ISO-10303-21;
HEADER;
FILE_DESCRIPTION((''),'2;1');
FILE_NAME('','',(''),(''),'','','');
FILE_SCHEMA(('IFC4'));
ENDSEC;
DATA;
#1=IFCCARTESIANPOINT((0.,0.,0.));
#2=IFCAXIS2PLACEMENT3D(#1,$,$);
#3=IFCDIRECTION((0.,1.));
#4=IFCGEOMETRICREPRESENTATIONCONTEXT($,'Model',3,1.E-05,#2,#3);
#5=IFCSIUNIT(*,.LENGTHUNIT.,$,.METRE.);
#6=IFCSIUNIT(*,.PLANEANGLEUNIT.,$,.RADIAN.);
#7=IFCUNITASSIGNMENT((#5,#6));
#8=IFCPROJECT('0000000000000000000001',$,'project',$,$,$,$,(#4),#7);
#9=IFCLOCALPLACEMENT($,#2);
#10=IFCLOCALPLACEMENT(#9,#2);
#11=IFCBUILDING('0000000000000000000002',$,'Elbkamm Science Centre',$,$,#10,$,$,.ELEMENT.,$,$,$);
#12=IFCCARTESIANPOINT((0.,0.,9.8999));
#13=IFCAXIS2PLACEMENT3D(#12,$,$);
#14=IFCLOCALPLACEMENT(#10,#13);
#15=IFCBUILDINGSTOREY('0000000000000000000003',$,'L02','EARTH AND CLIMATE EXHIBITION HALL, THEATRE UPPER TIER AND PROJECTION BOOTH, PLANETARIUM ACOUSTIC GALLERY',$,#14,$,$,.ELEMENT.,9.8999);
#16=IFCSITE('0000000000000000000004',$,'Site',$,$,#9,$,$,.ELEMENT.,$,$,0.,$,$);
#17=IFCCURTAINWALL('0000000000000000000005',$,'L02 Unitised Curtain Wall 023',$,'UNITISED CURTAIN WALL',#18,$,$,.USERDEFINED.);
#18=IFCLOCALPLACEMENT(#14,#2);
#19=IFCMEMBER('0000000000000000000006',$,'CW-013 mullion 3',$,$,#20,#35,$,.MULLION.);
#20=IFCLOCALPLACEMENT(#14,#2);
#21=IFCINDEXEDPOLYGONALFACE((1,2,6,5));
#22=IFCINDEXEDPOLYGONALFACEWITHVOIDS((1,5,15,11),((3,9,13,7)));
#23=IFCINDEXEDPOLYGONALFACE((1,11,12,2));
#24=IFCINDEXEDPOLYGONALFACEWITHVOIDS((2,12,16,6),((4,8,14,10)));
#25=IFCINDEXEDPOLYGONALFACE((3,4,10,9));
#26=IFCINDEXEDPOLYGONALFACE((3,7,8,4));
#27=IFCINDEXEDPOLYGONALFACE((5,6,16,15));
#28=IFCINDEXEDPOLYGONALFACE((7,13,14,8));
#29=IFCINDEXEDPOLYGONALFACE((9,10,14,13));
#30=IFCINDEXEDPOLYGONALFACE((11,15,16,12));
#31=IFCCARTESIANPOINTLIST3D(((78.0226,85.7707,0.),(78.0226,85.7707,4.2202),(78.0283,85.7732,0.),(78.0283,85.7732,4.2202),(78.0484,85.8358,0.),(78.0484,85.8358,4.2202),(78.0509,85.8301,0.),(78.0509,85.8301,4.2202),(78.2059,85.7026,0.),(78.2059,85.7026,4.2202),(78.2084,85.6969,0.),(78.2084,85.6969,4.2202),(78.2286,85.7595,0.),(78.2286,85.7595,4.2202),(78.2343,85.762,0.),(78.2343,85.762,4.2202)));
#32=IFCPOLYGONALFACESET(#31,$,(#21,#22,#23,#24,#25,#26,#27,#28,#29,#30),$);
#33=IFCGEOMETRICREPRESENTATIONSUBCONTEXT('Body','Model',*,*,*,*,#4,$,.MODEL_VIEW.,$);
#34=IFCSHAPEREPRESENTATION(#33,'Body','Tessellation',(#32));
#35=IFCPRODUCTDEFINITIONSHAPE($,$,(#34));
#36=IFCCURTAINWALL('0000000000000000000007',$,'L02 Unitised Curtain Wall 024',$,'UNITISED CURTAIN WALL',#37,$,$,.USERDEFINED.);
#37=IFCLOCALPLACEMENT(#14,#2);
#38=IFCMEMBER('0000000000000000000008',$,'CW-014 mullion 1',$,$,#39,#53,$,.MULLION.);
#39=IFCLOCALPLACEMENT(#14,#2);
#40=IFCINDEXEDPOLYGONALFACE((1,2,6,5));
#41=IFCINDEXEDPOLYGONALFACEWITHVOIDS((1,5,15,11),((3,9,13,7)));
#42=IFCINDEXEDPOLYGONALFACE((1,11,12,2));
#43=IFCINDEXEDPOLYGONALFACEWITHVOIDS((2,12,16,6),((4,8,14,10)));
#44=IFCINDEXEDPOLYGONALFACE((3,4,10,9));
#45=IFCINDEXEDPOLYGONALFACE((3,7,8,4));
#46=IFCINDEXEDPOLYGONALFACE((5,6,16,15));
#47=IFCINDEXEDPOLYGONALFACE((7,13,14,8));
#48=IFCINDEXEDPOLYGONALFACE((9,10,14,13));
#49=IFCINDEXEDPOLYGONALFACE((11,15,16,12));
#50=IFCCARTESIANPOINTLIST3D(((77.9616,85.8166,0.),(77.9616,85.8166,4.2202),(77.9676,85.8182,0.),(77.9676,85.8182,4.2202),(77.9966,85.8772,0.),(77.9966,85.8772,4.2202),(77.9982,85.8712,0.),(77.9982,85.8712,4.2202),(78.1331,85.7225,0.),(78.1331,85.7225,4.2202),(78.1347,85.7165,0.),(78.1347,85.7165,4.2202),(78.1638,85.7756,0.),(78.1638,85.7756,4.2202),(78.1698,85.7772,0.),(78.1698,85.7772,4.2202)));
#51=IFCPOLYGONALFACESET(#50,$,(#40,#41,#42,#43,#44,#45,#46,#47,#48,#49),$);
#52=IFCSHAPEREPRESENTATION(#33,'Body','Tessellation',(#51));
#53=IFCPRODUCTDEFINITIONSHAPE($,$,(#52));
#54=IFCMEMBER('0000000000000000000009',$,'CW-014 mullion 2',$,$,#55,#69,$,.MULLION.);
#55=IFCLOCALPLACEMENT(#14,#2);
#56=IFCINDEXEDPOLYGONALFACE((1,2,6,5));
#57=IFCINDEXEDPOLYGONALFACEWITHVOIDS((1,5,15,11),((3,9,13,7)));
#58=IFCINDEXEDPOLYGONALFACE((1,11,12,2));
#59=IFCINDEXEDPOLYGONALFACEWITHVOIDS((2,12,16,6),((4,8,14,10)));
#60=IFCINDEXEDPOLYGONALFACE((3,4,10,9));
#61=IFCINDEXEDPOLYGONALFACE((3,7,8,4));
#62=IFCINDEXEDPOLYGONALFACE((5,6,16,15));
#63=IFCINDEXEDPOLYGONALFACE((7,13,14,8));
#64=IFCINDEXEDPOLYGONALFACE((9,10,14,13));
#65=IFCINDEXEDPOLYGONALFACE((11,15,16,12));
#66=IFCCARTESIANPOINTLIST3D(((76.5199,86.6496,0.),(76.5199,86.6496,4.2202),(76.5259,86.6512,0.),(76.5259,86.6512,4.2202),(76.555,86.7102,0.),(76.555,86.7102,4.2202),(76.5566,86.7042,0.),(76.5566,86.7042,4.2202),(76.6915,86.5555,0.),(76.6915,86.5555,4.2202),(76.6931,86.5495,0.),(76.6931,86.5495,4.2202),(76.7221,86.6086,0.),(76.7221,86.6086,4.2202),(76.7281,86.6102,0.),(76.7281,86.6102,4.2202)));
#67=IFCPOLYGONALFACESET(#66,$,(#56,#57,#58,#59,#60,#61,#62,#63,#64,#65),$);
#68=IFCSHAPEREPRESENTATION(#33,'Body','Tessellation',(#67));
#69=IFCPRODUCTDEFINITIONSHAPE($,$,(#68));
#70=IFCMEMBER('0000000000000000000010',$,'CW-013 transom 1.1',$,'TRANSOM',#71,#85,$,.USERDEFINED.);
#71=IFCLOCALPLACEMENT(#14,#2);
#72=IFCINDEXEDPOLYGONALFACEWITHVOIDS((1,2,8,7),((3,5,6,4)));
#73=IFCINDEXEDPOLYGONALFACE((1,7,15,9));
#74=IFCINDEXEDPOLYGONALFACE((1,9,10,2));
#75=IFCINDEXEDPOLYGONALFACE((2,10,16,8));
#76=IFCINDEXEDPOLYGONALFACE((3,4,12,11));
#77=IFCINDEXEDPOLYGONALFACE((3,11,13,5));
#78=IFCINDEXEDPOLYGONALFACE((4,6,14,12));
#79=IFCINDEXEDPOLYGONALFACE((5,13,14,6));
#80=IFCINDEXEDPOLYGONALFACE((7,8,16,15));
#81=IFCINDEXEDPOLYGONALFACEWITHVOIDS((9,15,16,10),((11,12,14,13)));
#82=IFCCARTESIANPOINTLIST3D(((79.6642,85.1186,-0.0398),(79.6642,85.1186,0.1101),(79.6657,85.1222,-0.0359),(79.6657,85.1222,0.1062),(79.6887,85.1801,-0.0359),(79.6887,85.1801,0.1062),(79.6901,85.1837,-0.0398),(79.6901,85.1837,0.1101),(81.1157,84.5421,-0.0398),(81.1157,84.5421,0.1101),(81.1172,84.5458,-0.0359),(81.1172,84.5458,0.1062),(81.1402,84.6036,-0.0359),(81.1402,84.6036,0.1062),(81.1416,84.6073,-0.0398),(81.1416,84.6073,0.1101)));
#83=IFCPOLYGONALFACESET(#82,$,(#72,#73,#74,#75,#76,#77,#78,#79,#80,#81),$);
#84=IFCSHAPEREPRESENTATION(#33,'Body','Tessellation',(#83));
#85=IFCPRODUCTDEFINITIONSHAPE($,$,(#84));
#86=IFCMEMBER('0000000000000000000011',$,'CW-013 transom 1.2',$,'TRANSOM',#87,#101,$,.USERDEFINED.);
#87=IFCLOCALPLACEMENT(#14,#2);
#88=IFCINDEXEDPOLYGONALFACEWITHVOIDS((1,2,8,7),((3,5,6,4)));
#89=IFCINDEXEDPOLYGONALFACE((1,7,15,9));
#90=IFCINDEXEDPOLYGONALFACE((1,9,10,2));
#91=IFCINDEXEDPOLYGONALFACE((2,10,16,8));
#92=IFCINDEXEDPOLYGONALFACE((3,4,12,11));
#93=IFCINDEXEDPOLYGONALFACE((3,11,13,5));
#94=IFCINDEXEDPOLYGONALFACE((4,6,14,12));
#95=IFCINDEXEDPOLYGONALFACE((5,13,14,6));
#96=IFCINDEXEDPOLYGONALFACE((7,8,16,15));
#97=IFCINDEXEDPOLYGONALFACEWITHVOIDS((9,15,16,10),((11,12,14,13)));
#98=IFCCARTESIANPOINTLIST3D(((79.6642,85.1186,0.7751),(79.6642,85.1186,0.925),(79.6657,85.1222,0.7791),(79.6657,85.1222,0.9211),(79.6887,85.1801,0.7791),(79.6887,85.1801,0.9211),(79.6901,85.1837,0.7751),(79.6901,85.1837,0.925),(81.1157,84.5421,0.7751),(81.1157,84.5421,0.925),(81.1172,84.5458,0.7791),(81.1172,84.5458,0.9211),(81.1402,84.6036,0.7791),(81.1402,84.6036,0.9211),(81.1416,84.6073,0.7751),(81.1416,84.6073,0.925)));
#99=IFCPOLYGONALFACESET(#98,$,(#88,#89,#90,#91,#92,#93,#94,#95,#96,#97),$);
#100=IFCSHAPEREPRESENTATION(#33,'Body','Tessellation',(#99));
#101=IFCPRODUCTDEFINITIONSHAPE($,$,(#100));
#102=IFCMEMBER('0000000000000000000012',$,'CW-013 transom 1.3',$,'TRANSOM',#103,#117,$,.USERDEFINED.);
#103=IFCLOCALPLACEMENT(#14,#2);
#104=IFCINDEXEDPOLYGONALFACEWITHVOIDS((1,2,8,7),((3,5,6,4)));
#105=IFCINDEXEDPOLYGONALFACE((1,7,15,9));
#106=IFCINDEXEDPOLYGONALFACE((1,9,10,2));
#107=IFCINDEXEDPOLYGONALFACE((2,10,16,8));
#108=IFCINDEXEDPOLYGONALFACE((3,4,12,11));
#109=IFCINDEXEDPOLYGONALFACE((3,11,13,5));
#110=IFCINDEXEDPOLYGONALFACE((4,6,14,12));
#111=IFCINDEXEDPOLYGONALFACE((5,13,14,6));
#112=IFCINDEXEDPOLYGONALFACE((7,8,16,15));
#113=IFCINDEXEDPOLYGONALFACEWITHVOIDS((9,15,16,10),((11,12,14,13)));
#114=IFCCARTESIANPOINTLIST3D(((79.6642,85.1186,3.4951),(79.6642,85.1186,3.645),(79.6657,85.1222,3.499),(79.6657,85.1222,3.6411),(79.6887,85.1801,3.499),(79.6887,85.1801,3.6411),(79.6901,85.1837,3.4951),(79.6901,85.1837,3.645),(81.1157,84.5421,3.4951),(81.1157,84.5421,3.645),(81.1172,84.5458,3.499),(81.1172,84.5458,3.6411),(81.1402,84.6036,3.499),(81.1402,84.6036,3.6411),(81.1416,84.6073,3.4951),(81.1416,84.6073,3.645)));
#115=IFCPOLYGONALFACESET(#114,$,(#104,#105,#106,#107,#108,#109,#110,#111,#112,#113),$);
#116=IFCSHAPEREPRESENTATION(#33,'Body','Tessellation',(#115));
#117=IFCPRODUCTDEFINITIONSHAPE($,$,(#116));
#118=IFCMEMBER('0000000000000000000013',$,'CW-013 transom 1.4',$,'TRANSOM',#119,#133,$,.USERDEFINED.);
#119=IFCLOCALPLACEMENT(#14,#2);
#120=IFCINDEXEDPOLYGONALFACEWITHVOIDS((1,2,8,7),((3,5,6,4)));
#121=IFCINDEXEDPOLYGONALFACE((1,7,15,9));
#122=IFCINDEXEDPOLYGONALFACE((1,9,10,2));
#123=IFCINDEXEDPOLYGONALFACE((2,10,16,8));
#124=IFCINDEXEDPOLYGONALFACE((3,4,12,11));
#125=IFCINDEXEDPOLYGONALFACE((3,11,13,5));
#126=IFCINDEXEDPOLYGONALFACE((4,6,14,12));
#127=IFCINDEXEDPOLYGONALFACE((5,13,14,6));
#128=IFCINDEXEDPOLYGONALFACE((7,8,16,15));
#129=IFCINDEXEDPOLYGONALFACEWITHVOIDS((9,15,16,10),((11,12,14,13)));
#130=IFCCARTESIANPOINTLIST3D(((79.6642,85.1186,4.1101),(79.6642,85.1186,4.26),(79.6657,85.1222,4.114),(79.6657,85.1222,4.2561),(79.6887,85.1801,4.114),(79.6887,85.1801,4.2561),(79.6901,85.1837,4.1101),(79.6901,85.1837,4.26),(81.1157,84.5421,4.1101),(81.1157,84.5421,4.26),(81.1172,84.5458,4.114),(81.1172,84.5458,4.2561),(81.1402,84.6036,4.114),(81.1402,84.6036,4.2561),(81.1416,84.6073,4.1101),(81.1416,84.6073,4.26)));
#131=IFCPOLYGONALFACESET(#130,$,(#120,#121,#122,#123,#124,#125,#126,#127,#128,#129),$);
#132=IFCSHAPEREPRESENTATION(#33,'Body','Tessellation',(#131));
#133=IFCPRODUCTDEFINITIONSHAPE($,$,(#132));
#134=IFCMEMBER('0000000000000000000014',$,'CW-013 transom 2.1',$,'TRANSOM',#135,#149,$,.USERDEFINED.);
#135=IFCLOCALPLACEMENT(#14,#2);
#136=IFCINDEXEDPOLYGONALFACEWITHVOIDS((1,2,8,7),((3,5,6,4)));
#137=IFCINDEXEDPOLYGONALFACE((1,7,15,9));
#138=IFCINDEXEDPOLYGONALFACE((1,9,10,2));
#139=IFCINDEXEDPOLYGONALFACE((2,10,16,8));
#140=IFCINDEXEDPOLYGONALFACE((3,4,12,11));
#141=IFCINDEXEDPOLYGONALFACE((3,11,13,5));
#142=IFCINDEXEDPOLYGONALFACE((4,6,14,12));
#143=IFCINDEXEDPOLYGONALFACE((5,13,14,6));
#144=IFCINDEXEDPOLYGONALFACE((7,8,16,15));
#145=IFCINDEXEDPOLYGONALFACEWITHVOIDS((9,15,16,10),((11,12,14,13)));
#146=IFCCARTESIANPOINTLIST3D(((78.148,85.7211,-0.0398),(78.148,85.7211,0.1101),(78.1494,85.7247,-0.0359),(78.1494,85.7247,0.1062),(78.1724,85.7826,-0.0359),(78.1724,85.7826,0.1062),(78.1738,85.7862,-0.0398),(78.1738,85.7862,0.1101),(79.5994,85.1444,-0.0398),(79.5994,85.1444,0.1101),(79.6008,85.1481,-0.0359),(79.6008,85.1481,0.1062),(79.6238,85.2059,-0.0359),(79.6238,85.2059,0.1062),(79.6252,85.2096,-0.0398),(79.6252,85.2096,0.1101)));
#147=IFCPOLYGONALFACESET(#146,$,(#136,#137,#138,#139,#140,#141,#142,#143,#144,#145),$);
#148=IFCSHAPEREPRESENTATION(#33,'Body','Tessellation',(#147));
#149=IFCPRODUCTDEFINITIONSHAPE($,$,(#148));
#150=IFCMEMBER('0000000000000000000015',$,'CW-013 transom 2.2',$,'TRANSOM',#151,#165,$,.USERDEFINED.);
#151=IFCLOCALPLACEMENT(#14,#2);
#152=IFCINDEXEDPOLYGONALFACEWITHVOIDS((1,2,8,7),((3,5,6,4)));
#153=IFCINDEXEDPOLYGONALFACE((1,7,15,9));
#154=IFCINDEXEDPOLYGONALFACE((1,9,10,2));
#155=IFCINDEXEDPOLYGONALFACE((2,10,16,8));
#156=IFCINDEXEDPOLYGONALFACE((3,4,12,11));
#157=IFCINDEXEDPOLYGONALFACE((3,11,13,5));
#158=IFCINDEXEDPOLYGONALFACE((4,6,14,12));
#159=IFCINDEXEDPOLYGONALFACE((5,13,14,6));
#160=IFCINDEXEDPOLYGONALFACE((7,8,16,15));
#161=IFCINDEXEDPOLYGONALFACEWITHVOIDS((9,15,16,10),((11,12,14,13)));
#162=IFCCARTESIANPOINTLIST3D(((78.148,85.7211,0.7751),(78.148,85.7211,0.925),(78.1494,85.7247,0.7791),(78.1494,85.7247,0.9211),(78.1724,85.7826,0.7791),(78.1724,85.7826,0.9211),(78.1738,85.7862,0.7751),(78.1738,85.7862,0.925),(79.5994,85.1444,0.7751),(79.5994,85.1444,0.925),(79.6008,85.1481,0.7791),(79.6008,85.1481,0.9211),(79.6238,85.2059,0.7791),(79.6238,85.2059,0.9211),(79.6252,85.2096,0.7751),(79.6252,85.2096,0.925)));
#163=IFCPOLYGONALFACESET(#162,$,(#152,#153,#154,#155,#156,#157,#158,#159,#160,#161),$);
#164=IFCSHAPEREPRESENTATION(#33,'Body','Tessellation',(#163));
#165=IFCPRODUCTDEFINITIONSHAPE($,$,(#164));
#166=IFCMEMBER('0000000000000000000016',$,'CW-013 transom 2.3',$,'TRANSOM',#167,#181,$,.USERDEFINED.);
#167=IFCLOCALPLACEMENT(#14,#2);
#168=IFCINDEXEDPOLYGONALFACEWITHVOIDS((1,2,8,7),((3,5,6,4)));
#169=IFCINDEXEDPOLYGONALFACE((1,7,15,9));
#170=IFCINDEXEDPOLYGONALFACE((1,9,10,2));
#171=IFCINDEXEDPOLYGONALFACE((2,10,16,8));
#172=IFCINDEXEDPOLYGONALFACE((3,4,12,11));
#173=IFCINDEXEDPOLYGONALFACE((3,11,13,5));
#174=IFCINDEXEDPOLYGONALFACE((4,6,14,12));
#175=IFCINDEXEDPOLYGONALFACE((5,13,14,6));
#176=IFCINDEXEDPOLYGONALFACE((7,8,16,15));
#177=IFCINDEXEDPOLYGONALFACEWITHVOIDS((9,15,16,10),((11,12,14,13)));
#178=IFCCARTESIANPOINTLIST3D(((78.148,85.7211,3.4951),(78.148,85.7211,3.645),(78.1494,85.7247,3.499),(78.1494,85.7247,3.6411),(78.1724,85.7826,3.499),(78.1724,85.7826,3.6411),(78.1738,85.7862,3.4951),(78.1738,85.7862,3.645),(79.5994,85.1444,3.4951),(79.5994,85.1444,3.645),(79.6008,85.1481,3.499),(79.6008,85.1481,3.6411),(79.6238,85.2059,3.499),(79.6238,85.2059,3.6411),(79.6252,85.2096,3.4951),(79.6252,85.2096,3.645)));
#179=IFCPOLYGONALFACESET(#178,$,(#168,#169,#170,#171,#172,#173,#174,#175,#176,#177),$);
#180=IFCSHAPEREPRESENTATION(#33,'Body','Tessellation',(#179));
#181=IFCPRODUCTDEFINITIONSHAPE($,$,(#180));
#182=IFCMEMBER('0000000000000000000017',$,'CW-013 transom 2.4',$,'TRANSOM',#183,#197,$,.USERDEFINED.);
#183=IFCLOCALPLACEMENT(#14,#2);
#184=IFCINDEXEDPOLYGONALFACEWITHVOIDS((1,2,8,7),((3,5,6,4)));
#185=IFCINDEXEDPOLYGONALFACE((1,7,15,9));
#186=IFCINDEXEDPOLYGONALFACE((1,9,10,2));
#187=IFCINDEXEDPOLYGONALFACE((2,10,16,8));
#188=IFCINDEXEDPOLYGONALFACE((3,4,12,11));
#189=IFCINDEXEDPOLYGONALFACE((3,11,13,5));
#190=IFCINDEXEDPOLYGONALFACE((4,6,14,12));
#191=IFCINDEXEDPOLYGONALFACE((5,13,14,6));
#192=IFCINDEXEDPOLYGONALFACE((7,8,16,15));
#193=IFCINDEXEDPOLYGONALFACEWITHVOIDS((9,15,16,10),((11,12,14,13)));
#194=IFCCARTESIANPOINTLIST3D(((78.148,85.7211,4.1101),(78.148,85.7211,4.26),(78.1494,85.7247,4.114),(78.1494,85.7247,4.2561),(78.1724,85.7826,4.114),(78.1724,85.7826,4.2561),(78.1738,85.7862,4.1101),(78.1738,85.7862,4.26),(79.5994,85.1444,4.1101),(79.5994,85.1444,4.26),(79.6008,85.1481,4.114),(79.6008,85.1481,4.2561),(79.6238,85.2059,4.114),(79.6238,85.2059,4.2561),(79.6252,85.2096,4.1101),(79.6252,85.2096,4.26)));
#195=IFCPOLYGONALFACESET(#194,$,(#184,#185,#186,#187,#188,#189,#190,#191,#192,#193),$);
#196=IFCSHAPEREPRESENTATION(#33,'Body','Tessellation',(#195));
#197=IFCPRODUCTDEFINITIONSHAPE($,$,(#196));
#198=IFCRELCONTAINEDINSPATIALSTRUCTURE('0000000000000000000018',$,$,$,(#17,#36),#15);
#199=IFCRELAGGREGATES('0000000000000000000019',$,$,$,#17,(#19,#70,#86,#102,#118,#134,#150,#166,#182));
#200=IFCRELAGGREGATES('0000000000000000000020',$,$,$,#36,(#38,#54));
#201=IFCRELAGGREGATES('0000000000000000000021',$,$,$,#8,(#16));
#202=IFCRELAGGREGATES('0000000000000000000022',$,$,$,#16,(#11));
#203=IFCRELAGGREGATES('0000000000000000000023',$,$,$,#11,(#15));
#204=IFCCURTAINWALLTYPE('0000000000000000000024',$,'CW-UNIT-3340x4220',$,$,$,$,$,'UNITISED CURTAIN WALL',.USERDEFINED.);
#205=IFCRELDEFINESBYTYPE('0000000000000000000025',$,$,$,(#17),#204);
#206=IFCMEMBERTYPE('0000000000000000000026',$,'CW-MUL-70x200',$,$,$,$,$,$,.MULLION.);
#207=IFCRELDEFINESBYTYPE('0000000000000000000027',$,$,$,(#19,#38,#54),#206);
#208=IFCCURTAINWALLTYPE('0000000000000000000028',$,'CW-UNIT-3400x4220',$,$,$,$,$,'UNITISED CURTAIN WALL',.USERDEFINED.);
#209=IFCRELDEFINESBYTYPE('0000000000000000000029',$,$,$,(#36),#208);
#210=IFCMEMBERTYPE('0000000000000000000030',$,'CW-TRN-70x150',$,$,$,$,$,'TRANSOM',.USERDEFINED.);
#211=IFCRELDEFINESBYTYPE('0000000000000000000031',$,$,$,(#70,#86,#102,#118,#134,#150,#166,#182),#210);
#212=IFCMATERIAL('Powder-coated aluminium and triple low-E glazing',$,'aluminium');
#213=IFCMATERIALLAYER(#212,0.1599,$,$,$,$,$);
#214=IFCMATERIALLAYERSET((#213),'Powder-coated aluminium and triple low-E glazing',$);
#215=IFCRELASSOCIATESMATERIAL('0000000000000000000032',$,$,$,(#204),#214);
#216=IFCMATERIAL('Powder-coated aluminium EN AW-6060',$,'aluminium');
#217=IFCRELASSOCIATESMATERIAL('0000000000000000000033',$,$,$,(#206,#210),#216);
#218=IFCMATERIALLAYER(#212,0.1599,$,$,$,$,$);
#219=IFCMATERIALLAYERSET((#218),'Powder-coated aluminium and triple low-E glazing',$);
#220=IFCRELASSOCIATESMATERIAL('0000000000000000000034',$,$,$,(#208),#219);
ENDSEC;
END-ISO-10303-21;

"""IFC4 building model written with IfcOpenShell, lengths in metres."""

from ifc_helpers import new_model, si_unit, direction, frame, origin, origin_2d, place, context, subcontext, project, spatial, hollow_rectangle, extrude, material, layer, layer_set, material_profile, profile_set, type_object, element, aggregate, save


model = new_model("IFC4")

# Units and contexts
model_context = context("Model", 3, precision=1e-05, world=origin(), true_north=direction((0.0, 1.0)))
body_context = subcontext(model_context, "Body", "Model", "MODEL_VIEW")
ifc_project = project(units=[si_unit("LENGTHUNIT", "METRE"), si_unit("PLANEANGLEUNIT", "RADIAN")], contexts=[model_context])

# Site, building, storey
site_placement = place(None, origin())
site = spatial("IfcSite", under=ifc_project, at=site_placement, Name="Site", CompositionType="ELEMENT", RefElevation=0.0)
building_placement = place(site_placement, origin())
building = spatial("IfcBuilding", under=site, at=building_placement, Name="Elbkamm Science Centre", CompositionType="ELEMENT")
storey_placement = place(building_placement, frame((0.0, 0.0, 9.8999)))
storey = spatial("IfcBuildingStorey", under=building, at=storey_placement, Name="L02", Description="EARTH AND CLIMATE EXHIBITION HALL, THEATRE UPPER TIER AND PROJECTION BOOTH, PLANETARIUM ACOUSTIC GALLERY", CompositionType="ELEMENT", Elevation=9.8999)

# Shared definitions
ifc_material_1 = material(Name="Powder-coated aluminium and triple low-E glazing", Category="aluminium")
ifc_layer_1 = layer(ifc_material_1, 0.1599)
ifc_layer_set_1 = layer_set([ifc_layer_1], Name="Powder-coated aluminium and triple low-E glazing")
curtain_wall_type_1 = type_object("IfcCurtainWallType", Name="CW-UNIT-3340x4220", ElementType="UNITISED CURTAIN WALL", PredefinedType="USERDEFINED", material=ifc_layer_set_1)
ifc_material_2 = material(Name="Powder-coated aluminium EN AW-6060", Category="aluminium")
ifc_material_profile_1 = material_profile(ifc_material_2, hollow_rectangle(XDim=0.0701, YDim=0.2, WallThickness=0.0044, at=origin_2d()), Name="ALU M70x200")
ifc_profile_set_1 = profile_set([ifc_material_profile_1], Name="Powder-coated aluminium EN AW-6060")
member_type_1 = type_object("IfcMemberType", Name="CW-MUL-70x200", PredefinedType="MULLION", material=ifc_profile_set_1)

# Curtain walls, members
curtain_wall_1_placement = place(storey_placement, origin())
curtain_wall_1 = element("IfcCurtainWall", 1, at=curtain_wall_1_placement, inside=storey, type_object=curtain_wall_type_1, Name="L02 Unitised Curtain Wall 023", ObjectType="UNITISED CURTAIN WALL", PredefinedType="USERDEFINED")
member_1_placement = place(storey_placement, frame((78.1284, 85.7664, 0.0), z_axis=(0.0, 0.0, 1.0), x_axis=(-0.36916, -0.929366, 0.0)))
member_1 = element("IfcMember", 2, at=member_1_placement, type_object=member_type_1, Name="CW-013 mullion 3", PredefinedType="MULLION", context=body_context, shape_type="SweptSolid", body=[
    extrude(hollow_rectangle(XDim=0.0701, YDim=0.2, WallThickness=0.0044, at=origin_2d()), origin(), (0.0, 0.0, 1.0), 4.2202),
])
ifc_layer_2 = layer(ifc_material_1, 0.1599)
ifc_layer_set_2 = layer_set([ifc_layer_2], Name="Powder-coated aluminium and triple low-E glazing")
curtain_wall_type_2 = type_object("IfcCurtainWallType", Name="CW-UNIT-3400x4220", ElementType="UNITISED CURTAIN WALL", PredefinedType="USERDEFINED", material=ifc_layer_set_2)
curtain_wall_2_placement = place(storey_placement, origin())
curtain_wall_2 = element("IfcCurtainWall", 3, at=curtain_wall_2_placement, inside=storey, type_object=curtain_wall_type_2, Name="L02 Unitised Curtain Wall 024", ObjectType="UNITISED CURTAIN WALL", PredefinedType="USERDEFINED")
member_2_placement = place(storey_placement, frame((78.0657, 85.7969, 0.0), z_axis=(0.0, 0.0, 1.0), x_axis=(-0.500321, -0.86584, 0.0)))
member_2 = element("IfcMember", 4, at=member_2_placement, type_object=member_type_1, Name="CW-014 mullion 1", PredefinedType="MULLION", context=body_context, shape_type="SweptSolid", body=[
    extrude(hollow_rectangle(XDim=0.0701, YDim=0.2, WallThickness=0.0044, at=origin_2d()), origin(), (0.0, 0.0, 1.0), 4.2202),
])
member_3_placement = place(storey_placement, frame((76.624, 86.6299, 0.0), z_axis=(0.0, 0.0, 1.0), x_axis=(-0.500321, -0.86584, 0.0)))
member_3 = element("IfcMember", 5, at=member_3_placement, type_object=member_type_1, Name="CW-014 mullion 2", PredefinedType="MULLION", context=body_context, shape_type="SweptSolid", body=[
    extrude(hollow_rectangle(XDim=0.0701, YDim=0.2, WallThickness=0.0044, at=origin_2d()), origin(), (0.0, 0.0, 1.0), 4.2202),
])

# Members
ifc_material_profile_2 = material_profile(ifc_material_2, hollow_rectangle(XDim=0.0701, YDim=0.1499, WallThickness=0.0039, at=origin_2d()), Name="ALU T70x150")
ifc_profile_set_2 = profile_set([ifc_material_profile_2], Name="Powder-coated aluminium EN AW-6060")
member_type_2 = type_object("IfcMemberType", Name="CW-TRN-70x150", ElementType="TRANSOM", PredefinedType="USERDEFINED", material=ifc_profile_set_2)
member_4_placement = place(storey_placement, frame((81.1287, 84.5747, 0.0352), z_axis=(-0.92939, 0.369098, 0.0), x_axis=(-0.369098, -0.92939, 0.0)))
member_4 = element("IfcMember", 6, at=member_4_placement, type_object=member_type_2, Name="CW-013 transom 1.1", ObjectType="TRANSOM", PredefinedType="USERDEFINED", context=body_context, shape_type="SweptSolid", body=[
    extrude(hollow_rectangle(XDim=0.0701, YDim=0.1499, WallThickness=0.0039, at=origin_2d()), origin(), (0.0, 0.0, 1.0), 1.5618),
])
member_5_placement = place(storey_placement, frame((81.1287, 84.5747, 0.8501), z_axis=(-0.92939, 0.369098, 0.0), x_axis=(-0.369098, -0.92939, 0.0)))
member_5 = element("IfcMember", 7, at=member_5_placement, type_object=member_type_2, Name="CW-013 transom 1.2", ObjectType="TRANSOM", PredefinedType="USERDEFINED", context=body_context, shape_type="SweptSolid", body=[
    extrude(hollow_rectangle(XDim=0.0701, YDim=0.1499, WallThickness=0.0039, at=origin_2d()), origin(), (0.0, 0.0, 1.0), 1.5618),
])
member_6_placement = place(storey_placement, frame((81.1287, 84.5747, 3.5701), z_axis=(-0.92939, 0.369098, 0.0), x_axis=(-0.369098, -0.92939, 0.0)))
member_6 = element("IfcMember", 8, at=member_6_placement, type_object=member_type_2, Name="CW-013 transom 1.3", ObjectType="TRANSOM", PredefinedType="USERDEFINED", context=body_context, shape_type="SweptSolid", body=[
    extrude(hollow_rectangle(XDim=0.0701, YDim=0.1499, WallThickness=0.0039, at=origin_2d()), origin(), (0.0, 0.0, 1.0), 1.5618),
])
member_7_placement = place(storey_placement, frame((81.1287, 84.5747, 4.1851), z_axis=(-0.92939, 0.369098, 0.0), x_axis=(-0.369098, -0.92939, 0.0)))
member_7 = element("IfcMember", 9, at=member_7_placement, type_object=member_type_2, Name="CW-013 transom 1.4", ObjectType="TRANSOM", PredefinedType="USERDEFINED", context=body_context, shape_type="SweptSolid", body=[
    extrude(hollow_rectangle(XDim=0.0701, YDim=0.1499, WallThickness=0.0039, at=origin_2d()), origin(), (0.0, 0.0, 1.0), 1.5618),
])
member_8_placement = place(storey_placement, frame((79.6123, 85.177, 0.0352), z_axis=(-0.929337, 0.369234, 0.0), x_axis=(-0.369234, -0.929337, 0.0)))
member_8 = element("IfcMember", 10, at=member_8_placement, type_object=member_type_2, Name="CW-013 transom 2.1", ObjectType="TRANSOM", PredefinedType="USERDEFINED", context=body_context, shape_type="SweptSolid", body=[
    extrude(hollow_rectangle(XDim=0.0701, YDim=0.1499, WallThickness=0.0039, at=origin_2d()), origin(), (0.0, 0.0, 1.0), 1.5618),
])
member_9_placement = place(storey_placement, frame((79.6123, 85.177, 0.8501), z_axis=(-0.929337, 0.369234, 0.0), x_axis=(-0.369234, -0.929337, 0.0)))
member_9 = element("IfcMember", 11, at=member_9_placement, type_object=member_type_2, Name="CW-013 transom 2.2", ObjectType="TRANSOM", PredefinedType="USERDEFINED", context=body_context, shape_type="SweptSolid", body=[
    extrude(hollow_rectangle(XDim=0.0701, YDim=0.1499, WallThickness=0.0039, at=origin_2d()), origin(), (0.0, 0.0, 1.0), 1.5618),
])
member_10_placement = place(storey_placement, frame((79.6123, 85.177, 3.5701), z_axis=(-0.929337, 0.369234, 0.0), x_axis=(-0.369234, -0.929337, 0.0)))
member_10 = element("IfcMember", 12, at=member_10_placement, type_object=member_type_2, Name="CW-013 transom 2.3", ObjectType="TRANSOM", PredefinedType="USERDEFINED", context=body_context, shape_type="SweptSolid", body=[
    extrude(hollow_rectangle(XDim=0.0701, YDim=0.1499, WallThickness=0.0039, at=origin_2d()), origin(), (0.0, 0.0, 1.0), 1.5618),
])
member_11_placement = place(storey_placement, frame((79.6123, 85.177, 4.1851), z_axis=(-0.929337, 0.369234, 0.0), x_axis=(-0.369234, -0.929337, 0.0)))
member_11 = element("IfcMember", 13, at=member_11_placement, type_object=member_type_2, Name="CW-013 transom 2.4", ObjectType="TRANSOM", PredefinedType="USERDEFINED", context=body_context, shape_type="SweptSolid", body=[
    extrude(hollow_rectangle(XDim=0.0701, YDim=0.1499, WallThickness=0.0039, at=origin_2d()), origin(), (0.0, 0.0, 1.0), 1.5618),
])

aggregate(curtain_wall_1, [member_1, member_4, member_5, member_6, member_7, member_8, member_9, member_10, member_11])
aggregate(curtain_wall_2, [member_2, member_3])

save(model, "model.ifc")
